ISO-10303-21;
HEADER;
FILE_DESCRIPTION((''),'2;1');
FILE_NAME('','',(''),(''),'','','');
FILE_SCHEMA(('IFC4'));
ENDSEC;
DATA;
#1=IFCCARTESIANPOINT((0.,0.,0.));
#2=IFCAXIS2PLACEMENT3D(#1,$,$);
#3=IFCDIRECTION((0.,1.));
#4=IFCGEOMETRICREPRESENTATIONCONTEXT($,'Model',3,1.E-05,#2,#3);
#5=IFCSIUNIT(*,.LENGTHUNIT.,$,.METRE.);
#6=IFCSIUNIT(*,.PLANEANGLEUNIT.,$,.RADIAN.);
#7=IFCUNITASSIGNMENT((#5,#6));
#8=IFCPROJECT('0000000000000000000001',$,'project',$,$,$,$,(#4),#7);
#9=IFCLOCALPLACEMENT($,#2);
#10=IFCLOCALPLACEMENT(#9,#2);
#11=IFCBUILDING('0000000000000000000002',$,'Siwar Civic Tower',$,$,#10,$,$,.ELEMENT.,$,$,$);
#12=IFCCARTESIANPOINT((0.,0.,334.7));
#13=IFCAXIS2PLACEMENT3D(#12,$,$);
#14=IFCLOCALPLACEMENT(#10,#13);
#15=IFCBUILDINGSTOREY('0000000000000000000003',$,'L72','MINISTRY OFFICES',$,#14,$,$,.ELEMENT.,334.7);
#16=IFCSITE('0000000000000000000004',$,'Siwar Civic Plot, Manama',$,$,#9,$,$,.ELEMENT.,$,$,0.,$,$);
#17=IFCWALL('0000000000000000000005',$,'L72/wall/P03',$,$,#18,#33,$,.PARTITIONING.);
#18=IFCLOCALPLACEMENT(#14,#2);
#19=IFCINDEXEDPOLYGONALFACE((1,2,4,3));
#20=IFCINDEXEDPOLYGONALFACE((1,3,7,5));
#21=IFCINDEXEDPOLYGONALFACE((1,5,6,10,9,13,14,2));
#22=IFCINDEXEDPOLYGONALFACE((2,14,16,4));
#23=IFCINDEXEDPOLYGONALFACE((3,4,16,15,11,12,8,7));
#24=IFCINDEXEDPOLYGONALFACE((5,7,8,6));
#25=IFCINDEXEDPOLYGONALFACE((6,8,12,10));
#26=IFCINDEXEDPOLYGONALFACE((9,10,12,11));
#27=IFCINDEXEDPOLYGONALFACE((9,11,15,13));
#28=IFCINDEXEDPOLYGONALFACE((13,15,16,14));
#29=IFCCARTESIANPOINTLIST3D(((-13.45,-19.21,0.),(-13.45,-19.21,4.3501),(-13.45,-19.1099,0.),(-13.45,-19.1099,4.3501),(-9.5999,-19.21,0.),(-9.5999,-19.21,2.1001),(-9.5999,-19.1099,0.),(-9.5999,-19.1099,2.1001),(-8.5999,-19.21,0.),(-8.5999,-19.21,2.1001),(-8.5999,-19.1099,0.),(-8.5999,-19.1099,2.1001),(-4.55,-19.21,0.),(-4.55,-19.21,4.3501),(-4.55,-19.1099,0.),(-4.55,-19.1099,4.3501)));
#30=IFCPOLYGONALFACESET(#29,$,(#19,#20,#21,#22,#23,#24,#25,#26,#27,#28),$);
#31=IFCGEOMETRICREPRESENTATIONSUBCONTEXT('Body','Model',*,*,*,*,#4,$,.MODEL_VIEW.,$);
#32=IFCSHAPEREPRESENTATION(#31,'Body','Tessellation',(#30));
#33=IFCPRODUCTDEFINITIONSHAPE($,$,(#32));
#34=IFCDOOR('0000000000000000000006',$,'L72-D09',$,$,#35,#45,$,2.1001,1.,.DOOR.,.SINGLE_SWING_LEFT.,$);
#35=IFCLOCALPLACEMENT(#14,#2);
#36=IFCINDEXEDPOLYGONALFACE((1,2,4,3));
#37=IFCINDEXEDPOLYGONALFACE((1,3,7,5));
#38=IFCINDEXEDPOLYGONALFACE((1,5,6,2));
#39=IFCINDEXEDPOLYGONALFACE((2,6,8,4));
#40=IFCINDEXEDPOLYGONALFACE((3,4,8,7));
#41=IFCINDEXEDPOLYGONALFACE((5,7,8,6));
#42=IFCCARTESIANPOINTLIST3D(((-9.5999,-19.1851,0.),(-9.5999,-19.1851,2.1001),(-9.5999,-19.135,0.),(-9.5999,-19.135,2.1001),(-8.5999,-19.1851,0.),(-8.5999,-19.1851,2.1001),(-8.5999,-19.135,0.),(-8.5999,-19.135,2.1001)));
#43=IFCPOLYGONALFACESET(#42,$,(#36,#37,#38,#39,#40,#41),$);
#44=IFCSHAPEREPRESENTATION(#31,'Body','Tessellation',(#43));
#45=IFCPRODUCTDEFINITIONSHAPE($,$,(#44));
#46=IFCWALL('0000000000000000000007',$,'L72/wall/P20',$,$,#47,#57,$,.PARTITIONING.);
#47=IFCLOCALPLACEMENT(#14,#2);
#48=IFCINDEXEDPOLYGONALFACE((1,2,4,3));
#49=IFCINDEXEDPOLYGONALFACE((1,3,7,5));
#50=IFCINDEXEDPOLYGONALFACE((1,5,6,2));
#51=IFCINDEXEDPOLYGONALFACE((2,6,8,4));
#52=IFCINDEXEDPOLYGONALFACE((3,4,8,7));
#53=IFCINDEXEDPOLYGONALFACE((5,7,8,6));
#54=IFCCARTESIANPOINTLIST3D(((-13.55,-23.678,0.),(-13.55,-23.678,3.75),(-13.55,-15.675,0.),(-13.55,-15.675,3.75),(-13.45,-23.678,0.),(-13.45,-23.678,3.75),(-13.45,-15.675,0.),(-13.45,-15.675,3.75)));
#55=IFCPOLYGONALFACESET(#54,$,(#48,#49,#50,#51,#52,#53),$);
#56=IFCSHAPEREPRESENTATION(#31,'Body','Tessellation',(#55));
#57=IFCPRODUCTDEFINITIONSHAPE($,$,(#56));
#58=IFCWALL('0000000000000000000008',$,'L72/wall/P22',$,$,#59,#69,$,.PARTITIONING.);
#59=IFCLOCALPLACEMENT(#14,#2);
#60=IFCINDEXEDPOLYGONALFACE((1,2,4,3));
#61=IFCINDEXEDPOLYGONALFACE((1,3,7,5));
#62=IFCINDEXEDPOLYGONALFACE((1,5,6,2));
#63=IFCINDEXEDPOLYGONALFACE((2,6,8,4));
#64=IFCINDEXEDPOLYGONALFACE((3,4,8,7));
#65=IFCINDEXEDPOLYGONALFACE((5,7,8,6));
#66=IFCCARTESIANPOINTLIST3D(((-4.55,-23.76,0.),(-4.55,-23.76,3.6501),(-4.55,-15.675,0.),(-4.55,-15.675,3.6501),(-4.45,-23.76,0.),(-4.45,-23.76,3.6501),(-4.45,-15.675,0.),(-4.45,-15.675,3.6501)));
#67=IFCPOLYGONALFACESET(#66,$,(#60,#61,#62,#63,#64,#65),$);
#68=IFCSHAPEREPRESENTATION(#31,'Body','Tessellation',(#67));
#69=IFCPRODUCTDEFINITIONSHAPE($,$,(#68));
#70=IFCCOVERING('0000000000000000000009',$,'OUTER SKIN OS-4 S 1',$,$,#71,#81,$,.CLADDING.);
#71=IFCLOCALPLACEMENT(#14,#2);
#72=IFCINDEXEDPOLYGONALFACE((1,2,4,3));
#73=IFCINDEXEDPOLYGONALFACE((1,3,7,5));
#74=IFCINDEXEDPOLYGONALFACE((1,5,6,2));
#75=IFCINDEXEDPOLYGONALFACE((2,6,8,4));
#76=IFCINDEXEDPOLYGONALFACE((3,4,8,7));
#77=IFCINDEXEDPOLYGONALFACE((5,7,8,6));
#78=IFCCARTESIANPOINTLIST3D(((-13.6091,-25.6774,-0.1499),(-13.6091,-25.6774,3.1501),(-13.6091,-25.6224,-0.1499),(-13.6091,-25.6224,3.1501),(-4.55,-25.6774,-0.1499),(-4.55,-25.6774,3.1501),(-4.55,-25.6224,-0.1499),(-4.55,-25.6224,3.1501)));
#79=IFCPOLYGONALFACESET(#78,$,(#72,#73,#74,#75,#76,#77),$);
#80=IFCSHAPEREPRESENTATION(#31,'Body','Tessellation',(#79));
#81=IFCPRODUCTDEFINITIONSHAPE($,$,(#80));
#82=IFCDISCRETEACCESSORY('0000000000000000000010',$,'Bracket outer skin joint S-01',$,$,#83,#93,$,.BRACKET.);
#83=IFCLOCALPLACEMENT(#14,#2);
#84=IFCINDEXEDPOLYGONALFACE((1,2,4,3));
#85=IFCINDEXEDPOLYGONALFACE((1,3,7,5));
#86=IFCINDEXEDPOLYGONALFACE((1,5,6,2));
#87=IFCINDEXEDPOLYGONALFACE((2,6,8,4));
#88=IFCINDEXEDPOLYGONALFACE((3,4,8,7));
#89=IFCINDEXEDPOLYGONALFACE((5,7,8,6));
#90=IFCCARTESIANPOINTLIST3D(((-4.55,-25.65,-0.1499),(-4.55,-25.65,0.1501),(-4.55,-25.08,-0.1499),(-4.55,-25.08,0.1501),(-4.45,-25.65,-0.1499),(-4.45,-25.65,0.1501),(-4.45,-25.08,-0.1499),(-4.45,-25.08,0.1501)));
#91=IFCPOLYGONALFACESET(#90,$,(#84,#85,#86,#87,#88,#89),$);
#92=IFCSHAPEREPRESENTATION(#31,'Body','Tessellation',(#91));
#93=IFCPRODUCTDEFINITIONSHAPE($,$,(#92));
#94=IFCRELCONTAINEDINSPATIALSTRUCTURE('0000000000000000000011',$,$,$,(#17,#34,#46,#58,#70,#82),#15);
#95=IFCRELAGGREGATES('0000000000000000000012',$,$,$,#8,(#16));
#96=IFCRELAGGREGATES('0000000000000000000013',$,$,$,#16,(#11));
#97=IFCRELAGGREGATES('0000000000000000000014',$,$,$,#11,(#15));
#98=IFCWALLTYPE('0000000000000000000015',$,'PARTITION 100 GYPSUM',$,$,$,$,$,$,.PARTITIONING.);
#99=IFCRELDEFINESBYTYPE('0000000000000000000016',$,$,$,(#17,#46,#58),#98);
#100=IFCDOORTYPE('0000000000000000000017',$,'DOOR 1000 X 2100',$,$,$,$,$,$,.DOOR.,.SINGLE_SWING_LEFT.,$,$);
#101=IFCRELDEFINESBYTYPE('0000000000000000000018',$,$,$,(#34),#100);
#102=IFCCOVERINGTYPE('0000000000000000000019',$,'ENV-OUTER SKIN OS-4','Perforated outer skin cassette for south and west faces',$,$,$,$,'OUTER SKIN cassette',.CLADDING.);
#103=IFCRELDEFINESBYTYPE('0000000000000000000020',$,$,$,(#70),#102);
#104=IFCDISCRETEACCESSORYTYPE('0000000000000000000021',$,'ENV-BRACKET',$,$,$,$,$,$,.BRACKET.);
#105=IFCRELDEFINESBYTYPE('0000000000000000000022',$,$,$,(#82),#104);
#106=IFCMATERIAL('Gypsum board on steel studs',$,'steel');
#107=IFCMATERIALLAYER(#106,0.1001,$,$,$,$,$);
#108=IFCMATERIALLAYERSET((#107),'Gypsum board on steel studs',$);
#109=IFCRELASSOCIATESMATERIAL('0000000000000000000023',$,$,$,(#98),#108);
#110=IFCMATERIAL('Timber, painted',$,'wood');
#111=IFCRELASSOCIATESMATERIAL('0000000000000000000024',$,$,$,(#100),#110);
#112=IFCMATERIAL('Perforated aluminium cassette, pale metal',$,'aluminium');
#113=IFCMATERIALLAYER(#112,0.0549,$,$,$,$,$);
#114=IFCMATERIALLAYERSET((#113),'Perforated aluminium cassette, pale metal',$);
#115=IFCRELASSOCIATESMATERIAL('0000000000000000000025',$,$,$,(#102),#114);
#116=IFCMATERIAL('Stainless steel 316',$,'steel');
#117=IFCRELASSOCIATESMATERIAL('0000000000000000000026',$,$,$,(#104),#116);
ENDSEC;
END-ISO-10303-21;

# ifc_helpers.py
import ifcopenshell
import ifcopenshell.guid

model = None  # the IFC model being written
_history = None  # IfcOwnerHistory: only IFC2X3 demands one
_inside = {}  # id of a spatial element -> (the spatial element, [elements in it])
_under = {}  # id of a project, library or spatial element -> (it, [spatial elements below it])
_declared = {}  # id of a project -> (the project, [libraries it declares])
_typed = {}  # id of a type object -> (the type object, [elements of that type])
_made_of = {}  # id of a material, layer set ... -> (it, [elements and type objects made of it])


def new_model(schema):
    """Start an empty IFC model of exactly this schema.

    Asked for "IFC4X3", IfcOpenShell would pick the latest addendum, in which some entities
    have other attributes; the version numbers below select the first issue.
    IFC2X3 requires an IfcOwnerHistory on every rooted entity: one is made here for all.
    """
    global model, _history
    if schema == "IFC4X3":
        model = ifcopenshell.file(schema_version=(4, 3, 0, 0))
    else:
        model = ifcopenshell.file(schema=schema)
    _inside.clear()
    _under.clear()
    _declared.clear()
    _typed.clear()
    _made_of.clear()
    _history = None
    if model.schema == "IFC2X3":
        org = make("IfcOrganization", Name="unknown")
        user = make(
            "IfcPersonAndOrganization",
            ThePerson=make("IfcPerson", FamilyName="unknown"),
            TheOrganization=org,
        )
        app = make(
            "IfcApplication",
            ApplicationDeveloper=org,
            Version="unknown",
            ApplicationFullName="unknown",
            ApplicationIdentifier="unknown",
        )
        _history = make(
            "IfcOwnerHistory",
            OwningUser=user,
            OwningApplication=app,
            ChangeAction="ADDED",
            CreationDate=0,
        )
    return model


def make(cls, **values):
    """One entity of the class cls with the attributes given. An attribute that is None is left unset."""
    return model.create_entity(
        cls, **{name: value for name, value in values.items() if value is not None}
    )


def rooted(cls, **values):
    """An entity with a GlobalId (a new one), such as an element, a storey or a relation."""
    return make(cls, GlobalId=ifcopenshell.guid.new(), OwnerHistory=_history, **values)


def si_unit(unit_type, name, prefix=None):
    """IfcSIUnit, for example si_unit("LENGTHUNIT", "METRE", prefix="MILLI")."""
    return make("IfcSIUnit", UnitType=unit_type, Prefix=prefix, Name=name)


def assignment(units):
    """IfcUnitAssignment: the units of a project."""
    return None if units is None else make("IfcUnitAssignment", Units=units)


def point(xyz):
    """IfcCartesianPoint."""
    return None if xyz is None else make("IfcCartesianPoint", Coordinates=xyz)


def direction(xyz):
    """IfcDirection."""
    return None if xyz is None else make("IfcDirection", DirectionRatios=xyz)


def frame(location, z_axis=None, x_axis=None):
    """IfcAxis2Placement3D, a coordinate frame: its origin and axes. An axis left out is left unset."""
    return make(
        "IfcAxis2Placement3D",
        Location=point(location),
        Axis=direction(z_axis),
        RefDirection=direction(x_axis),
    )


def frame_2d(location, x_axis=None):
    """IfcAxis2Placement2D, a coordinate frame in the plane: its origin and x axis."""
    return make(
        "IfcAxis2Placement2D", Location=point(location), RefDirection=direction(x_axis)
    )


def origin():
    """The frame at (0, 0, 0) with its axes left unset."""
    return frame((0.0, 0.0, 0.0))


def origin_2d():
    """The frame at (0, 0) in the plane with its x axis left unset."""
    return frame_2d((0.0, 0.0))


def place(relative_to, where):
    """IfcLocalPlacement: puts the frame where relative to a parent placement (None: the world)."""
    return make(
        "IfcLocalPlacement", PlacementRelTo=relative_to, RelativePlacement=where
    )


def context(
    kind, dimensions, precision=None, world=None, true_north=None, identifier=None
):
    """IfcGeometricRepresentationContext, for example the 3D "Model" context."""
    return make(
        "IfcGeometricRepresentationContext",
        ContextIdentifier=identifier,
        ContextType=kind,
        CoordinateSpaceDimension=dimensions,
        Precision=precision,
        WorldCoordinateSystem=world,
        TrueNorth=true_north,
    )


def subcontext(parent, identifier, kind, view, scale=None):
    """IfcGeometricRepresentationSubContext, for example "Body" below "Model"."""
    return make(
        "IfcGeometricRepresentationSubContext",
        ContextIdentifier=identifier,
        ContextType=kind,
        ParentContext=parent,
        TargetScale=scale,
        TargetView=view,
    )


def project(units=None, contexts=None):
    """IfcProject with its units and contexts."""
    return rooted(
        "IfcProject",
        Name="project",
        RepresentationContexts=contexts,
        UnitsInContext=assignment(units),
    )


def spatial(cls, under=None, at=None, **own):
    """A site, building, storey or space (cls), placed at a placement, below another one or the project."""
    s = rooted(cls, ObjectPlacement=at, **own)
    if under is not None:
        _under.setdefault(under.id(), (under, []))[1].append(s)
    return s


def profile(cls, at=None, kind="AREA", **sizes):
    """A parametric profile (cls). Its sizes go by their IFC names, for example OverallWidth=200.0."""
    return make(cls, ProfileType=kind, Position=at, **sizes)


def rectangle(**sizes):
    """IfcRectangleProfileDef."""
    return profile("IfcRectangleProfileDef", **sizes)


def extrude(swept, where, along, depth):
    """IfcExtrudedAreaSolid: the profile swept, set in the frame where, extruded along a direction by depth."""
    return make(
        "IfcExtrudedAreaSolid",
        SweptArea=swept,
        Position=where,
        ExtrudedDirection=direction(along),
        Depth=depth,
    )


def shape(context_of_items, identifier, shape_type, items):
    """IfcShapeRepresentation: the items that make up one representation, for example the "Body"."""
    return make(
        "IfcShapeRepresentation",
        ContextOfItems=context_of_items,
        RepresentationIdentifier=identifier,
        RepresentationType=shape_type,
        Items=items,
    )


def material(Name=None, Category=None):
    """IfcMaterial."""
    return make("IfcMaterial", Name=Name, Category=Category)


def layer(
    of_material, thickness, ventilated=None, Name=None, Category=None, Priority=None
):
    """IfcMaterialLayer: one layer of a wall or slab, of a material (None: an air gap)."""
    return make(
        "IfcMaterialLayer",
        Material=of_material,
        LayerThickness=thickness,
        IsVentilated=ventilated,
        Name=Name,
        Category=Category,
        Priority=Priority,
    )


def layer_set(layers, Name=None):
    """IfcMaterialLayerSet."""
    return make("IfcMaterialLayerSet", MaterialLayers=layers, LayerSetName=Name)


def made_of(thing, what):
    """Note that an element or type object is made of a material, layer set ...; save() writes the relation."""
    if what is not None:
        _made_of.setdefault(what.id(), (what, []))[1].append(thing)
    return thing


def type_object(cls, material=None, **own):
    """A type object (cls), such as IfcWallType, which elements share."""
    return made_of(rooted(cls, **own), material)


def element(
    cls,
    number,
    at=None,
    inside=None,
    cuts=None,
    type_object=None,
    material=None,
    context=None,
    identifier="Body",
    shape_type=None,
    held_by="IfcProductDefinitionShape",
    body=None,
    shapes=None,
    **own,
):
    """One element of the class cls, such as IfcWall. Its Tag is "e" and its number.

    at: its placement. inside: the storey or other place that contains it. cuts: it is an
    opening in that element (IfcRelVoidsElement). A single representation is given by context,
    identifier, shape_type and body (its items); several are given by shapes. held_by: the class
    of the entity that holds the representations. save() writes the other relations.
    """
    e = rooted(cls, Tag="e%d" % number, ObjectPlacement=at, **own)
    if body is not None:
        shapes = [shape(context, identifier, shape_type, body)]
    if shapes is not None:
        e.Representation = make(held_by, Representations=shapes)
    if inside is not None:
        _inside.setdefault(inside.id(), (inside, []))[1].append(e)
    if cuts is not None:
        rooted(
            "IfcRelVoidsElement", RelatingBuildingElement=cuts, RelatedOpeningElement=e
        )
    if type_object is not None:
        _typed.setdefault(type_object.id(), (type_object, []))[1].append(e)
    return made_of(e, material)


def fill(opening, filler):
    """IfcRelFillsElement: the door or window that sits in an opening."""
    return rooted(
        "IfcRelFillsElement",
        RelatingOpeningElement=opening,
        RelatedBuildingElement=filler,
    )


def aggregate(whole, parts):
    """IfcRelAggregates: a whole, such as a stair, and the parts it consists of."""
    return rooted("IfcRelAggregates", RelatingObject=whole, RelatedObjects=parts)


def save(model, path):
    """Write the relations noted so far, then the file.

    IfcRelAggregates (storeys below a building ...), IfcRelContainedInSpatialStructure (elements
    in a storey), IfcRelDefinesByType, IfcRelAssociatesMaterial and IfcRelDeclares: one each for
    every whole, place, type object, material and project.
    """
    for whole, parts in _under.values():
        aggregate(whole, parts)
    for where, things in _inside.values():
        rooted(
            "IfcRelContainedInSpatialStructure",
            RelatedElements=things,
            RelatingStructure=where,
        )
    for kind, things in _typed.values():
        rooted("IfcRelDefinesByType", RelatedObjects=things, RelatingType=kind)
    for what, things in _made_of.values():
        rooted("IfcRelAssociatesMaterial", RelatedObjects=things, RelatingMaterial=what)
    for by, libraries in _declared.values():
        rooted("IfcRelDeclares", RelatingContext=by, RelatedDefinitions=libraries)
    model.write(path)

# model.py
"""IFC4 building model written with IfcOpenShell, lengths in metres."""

from ifc_helpers import new_model, si_unit, direction, frame, frame_2d, origin, origin_2d, place, context, subcontext, project, spatial, rectangle, extrude, material, layer, layer_set, type_object, element, fill, save


model = new_model("IFC4")

# Units and contexts
model_context = context("Model", 3, precision=1e-05, world=origin(), true_north=direction((0.0, 1.0)))
body_context = subcontext(model_context, "Body", "Model", "MODEL_VIEW")
ifc_project = project(units=[si_unit("LENGTHUNIT", "METRE"), si_unit("PLANEANGLEUNIT", "RADIAN")], contexts=[model_context])

# Site, building, storey
site_placement = place(None, origin())
site = spatial("IfcSite", under=ifc_project, at=site_placement, Name="Siwar Civic Plot, Manama", CompositionType="ELEMENT", RefElevation=0.0)
building_placement = place(site_placement, origin())
building = spatial("IfcBuilding", under=site, at=building_placement, Name="Siwar Civic Tower", CompositionType="ELEMENT")
storey_placement = place(building_placement, frame((0.0, 0.0, 334.7)))
storey = spatial("IfcBuildingStorey", under=building, at=storey_placement, Name="L72", Description="MINISTRY OFFICES", CompositionType="ELEMENT", Elevation=334.7)

# Wall, opening, door
ifc_material_1 = material(Name="Gypsum board on steel studs", Category="steel")
ifc_layer_1 = layer(ifc_material_1, 0.1001)
ifc_layer_set_1 = layer_set([ifc_layer_1], Name="Gypsum board on steel studs")
wall_type = type_object("IfcWallType", Name="PARTITION 100 GYPSUM", PredefinedType="PARTITIONING", material=ifc_layer_set_1)
ifc_material_2 = material(Name="Timber, painted", Category="wood")
door_type = type_object("IfcDoorType", Name="DOOR 1000 X 2100", OperationType="SINGLE_SWING_LEFT", PredefinedType="DOOR", material=ifc_material_2)
wall_1_placement = place(storey_placement, frame((-13.45, -19.1599, 0.0), z_axis=(0.0, 0.0, 1.0), x_axis=(1.0, 0.0, 0.0)))
wall_1 = element("IfcWall", 1, at=wall_1_placement, inside=storey, type_object=wall_type, Name="L72/wall/P03", PredefinedType="PARTITIONING", context=body_context, shape_type="SweptSolid", body=[
    extrude(rectangle(XDim=8.8999, YDim=0.1001, at=frame_2d((4.45, 0.0))), origin(), (0.0, 0.0, 1.0), 4.3501),
])
opening_1_placement = place(wall_1_placement, frame((3.8501, 0.0, 0.0)))
opening_1 = element("IfcOpeningElement", 2, at=opening_1_placement, cuts=wall_1, PredefinedType="OPENING", context=body_context, shape_type="SweptSolid", body=[
    extrude(rectangle(XDim=1.0, YDim=2.1001, at=frame_2d((0.5, 1.05))), frame((0.0, 0.0601, 0.0), z_axis=(0.0, -1.0, 0.0), x_axis=(1.0, 0.0, 0.0)), (0.0, 0.0, 1.0), 0.1201),
])
door_1_placement = place(opening_1_placement, origin())
door_1 = element("IfcDoor", 3, at=door_1_placement, inside=storey, type_object=door_type, Name="L72-D09", OperationType="SINGLE_SWING_LEFT", OverallHeight=2.1001, OverallWidth=1.0, PredefinedType="DOOR", context=body_context, shape_type="SweptSolid", body=[
    extrude(rectangle(XDim=1.0, YDim=2.1001, at=frame_2d((0.5, 1.05))), frame((0.0, 0.0249, 0.0), z_axis=(0.0, -1.0, 0.0), x_axis=(1.0, 0.0, 0.0)), (0.0, 0.0, 1.0), 0.05),
])
fill(opening_1, door_1)

# Walls
wall_2_placement = place(storey_placement, frame((-13.5, -23.678, 0.0), z_axis=(0.0, 0.0, 1.0), x_axis=(0.0, 1.0, 0.0)))
element("IfcWall", 4, at=wall_2_placement, inside=storey, type_object=wall_type, Name="L72/wall/P20", PredefinedType="PARTITIONING", context=body_context, shape_type="SweptSolid", body=[
    extrude(rectangle(XDim=8.0029, YDim=0.1001, at=frame_2d((4.0015, 0.0))), origin(), (0.0, 0.0, 1.0), 3.75),
])
wall_3_placement = place(storey_placement, frame((-4.5, -23.76, 0.0), z_axis=(0.0, 0.0, 1.0), x_axis=(0.0, 1.0, 0.0)))
element("IfcWall", 5, at=wall_3_placement, inside=storey, type_object=wall_type, Name="L72/wall/P22", PredefinedType="PARTITIONING", context=body_context, shape_type="SweptSolid", body=[
    extrude(rectangle(XDim=8.085, YDim=0.1001, at=frame_2d((4.0425, 0.0))), origin(), (0.0, 0.0, 1.0), 3.6501),
])

# Covering
ifc_material_3 = material(Name="Perforated aluminium cassette, pale metal", Category="aluminium")
ifc_layer_2 = layer(ifc_material_3, 0.0549)
ifc_layer_set_2 = layer_set([ifc_layer_2], Name="Perforated aluminium cassette, pale metal")
covering_type = type_object("IfcCoveringType", Name="ENV-OUTER SKIN OS-4", Description="Perforated outer skin cassette for south and west faces", ElementType="OUTER SKIN cassette", PredefinedType="CLADDING", material=ifc_layer_set_2)
covering_placement = place(storey_placement, frame((-9.0796, -25.6499, -0.1499), z_axis=(0.0, 0.0, 1.0), x_axis=(1.0, 0.0, 0.0)))
element("IfcCovering", 6, at=covering_placement, inside=storey, type_object=covering_type, Name="OUTER SKIN OS-4 S 1", PredefinedType="CLADDING", context=body_context, shape_type="SweptSolid", body=[
    extrude(rectangle(XDim=9.0591, YDim=0.0549, at=origin_2d()), origin(), (0.0, 0.0, 1.0), 3.3),
])

# Discrete accessory
ifc_material_4 = material(Name="Stainless steel 316", Category="steel")
discrete_accessory_type = type_object("IfcDiscreteAccessoryType", Name="ENV-BRACKET", PredefinedType="BRACKET", material=ifc_material_4)
discrete_accessory_placement = place(storey_placement, frame((-4.5, -25.365, -0.1499), z_axis=(0.0, 0.0, 1.0), x_axis=(0.0, -1.0, 0.0)))
element("IfcDiscreteAccessory", 7, at=discrete_accessory_placement, inside=storey, type_object=discrete_accessory_type, Name="Bracket outer skin joint S-01", PredefinedType="BRACKET", context=body_context, shape_type="SweptSolid", body=[
    extrude(rectangle(XDim=0.5701, YDim=0.1001, at=origin_2d()), origin(), (0.0, 0.0, 1.0), 0.3),
])

save(model, "model.ifc")
